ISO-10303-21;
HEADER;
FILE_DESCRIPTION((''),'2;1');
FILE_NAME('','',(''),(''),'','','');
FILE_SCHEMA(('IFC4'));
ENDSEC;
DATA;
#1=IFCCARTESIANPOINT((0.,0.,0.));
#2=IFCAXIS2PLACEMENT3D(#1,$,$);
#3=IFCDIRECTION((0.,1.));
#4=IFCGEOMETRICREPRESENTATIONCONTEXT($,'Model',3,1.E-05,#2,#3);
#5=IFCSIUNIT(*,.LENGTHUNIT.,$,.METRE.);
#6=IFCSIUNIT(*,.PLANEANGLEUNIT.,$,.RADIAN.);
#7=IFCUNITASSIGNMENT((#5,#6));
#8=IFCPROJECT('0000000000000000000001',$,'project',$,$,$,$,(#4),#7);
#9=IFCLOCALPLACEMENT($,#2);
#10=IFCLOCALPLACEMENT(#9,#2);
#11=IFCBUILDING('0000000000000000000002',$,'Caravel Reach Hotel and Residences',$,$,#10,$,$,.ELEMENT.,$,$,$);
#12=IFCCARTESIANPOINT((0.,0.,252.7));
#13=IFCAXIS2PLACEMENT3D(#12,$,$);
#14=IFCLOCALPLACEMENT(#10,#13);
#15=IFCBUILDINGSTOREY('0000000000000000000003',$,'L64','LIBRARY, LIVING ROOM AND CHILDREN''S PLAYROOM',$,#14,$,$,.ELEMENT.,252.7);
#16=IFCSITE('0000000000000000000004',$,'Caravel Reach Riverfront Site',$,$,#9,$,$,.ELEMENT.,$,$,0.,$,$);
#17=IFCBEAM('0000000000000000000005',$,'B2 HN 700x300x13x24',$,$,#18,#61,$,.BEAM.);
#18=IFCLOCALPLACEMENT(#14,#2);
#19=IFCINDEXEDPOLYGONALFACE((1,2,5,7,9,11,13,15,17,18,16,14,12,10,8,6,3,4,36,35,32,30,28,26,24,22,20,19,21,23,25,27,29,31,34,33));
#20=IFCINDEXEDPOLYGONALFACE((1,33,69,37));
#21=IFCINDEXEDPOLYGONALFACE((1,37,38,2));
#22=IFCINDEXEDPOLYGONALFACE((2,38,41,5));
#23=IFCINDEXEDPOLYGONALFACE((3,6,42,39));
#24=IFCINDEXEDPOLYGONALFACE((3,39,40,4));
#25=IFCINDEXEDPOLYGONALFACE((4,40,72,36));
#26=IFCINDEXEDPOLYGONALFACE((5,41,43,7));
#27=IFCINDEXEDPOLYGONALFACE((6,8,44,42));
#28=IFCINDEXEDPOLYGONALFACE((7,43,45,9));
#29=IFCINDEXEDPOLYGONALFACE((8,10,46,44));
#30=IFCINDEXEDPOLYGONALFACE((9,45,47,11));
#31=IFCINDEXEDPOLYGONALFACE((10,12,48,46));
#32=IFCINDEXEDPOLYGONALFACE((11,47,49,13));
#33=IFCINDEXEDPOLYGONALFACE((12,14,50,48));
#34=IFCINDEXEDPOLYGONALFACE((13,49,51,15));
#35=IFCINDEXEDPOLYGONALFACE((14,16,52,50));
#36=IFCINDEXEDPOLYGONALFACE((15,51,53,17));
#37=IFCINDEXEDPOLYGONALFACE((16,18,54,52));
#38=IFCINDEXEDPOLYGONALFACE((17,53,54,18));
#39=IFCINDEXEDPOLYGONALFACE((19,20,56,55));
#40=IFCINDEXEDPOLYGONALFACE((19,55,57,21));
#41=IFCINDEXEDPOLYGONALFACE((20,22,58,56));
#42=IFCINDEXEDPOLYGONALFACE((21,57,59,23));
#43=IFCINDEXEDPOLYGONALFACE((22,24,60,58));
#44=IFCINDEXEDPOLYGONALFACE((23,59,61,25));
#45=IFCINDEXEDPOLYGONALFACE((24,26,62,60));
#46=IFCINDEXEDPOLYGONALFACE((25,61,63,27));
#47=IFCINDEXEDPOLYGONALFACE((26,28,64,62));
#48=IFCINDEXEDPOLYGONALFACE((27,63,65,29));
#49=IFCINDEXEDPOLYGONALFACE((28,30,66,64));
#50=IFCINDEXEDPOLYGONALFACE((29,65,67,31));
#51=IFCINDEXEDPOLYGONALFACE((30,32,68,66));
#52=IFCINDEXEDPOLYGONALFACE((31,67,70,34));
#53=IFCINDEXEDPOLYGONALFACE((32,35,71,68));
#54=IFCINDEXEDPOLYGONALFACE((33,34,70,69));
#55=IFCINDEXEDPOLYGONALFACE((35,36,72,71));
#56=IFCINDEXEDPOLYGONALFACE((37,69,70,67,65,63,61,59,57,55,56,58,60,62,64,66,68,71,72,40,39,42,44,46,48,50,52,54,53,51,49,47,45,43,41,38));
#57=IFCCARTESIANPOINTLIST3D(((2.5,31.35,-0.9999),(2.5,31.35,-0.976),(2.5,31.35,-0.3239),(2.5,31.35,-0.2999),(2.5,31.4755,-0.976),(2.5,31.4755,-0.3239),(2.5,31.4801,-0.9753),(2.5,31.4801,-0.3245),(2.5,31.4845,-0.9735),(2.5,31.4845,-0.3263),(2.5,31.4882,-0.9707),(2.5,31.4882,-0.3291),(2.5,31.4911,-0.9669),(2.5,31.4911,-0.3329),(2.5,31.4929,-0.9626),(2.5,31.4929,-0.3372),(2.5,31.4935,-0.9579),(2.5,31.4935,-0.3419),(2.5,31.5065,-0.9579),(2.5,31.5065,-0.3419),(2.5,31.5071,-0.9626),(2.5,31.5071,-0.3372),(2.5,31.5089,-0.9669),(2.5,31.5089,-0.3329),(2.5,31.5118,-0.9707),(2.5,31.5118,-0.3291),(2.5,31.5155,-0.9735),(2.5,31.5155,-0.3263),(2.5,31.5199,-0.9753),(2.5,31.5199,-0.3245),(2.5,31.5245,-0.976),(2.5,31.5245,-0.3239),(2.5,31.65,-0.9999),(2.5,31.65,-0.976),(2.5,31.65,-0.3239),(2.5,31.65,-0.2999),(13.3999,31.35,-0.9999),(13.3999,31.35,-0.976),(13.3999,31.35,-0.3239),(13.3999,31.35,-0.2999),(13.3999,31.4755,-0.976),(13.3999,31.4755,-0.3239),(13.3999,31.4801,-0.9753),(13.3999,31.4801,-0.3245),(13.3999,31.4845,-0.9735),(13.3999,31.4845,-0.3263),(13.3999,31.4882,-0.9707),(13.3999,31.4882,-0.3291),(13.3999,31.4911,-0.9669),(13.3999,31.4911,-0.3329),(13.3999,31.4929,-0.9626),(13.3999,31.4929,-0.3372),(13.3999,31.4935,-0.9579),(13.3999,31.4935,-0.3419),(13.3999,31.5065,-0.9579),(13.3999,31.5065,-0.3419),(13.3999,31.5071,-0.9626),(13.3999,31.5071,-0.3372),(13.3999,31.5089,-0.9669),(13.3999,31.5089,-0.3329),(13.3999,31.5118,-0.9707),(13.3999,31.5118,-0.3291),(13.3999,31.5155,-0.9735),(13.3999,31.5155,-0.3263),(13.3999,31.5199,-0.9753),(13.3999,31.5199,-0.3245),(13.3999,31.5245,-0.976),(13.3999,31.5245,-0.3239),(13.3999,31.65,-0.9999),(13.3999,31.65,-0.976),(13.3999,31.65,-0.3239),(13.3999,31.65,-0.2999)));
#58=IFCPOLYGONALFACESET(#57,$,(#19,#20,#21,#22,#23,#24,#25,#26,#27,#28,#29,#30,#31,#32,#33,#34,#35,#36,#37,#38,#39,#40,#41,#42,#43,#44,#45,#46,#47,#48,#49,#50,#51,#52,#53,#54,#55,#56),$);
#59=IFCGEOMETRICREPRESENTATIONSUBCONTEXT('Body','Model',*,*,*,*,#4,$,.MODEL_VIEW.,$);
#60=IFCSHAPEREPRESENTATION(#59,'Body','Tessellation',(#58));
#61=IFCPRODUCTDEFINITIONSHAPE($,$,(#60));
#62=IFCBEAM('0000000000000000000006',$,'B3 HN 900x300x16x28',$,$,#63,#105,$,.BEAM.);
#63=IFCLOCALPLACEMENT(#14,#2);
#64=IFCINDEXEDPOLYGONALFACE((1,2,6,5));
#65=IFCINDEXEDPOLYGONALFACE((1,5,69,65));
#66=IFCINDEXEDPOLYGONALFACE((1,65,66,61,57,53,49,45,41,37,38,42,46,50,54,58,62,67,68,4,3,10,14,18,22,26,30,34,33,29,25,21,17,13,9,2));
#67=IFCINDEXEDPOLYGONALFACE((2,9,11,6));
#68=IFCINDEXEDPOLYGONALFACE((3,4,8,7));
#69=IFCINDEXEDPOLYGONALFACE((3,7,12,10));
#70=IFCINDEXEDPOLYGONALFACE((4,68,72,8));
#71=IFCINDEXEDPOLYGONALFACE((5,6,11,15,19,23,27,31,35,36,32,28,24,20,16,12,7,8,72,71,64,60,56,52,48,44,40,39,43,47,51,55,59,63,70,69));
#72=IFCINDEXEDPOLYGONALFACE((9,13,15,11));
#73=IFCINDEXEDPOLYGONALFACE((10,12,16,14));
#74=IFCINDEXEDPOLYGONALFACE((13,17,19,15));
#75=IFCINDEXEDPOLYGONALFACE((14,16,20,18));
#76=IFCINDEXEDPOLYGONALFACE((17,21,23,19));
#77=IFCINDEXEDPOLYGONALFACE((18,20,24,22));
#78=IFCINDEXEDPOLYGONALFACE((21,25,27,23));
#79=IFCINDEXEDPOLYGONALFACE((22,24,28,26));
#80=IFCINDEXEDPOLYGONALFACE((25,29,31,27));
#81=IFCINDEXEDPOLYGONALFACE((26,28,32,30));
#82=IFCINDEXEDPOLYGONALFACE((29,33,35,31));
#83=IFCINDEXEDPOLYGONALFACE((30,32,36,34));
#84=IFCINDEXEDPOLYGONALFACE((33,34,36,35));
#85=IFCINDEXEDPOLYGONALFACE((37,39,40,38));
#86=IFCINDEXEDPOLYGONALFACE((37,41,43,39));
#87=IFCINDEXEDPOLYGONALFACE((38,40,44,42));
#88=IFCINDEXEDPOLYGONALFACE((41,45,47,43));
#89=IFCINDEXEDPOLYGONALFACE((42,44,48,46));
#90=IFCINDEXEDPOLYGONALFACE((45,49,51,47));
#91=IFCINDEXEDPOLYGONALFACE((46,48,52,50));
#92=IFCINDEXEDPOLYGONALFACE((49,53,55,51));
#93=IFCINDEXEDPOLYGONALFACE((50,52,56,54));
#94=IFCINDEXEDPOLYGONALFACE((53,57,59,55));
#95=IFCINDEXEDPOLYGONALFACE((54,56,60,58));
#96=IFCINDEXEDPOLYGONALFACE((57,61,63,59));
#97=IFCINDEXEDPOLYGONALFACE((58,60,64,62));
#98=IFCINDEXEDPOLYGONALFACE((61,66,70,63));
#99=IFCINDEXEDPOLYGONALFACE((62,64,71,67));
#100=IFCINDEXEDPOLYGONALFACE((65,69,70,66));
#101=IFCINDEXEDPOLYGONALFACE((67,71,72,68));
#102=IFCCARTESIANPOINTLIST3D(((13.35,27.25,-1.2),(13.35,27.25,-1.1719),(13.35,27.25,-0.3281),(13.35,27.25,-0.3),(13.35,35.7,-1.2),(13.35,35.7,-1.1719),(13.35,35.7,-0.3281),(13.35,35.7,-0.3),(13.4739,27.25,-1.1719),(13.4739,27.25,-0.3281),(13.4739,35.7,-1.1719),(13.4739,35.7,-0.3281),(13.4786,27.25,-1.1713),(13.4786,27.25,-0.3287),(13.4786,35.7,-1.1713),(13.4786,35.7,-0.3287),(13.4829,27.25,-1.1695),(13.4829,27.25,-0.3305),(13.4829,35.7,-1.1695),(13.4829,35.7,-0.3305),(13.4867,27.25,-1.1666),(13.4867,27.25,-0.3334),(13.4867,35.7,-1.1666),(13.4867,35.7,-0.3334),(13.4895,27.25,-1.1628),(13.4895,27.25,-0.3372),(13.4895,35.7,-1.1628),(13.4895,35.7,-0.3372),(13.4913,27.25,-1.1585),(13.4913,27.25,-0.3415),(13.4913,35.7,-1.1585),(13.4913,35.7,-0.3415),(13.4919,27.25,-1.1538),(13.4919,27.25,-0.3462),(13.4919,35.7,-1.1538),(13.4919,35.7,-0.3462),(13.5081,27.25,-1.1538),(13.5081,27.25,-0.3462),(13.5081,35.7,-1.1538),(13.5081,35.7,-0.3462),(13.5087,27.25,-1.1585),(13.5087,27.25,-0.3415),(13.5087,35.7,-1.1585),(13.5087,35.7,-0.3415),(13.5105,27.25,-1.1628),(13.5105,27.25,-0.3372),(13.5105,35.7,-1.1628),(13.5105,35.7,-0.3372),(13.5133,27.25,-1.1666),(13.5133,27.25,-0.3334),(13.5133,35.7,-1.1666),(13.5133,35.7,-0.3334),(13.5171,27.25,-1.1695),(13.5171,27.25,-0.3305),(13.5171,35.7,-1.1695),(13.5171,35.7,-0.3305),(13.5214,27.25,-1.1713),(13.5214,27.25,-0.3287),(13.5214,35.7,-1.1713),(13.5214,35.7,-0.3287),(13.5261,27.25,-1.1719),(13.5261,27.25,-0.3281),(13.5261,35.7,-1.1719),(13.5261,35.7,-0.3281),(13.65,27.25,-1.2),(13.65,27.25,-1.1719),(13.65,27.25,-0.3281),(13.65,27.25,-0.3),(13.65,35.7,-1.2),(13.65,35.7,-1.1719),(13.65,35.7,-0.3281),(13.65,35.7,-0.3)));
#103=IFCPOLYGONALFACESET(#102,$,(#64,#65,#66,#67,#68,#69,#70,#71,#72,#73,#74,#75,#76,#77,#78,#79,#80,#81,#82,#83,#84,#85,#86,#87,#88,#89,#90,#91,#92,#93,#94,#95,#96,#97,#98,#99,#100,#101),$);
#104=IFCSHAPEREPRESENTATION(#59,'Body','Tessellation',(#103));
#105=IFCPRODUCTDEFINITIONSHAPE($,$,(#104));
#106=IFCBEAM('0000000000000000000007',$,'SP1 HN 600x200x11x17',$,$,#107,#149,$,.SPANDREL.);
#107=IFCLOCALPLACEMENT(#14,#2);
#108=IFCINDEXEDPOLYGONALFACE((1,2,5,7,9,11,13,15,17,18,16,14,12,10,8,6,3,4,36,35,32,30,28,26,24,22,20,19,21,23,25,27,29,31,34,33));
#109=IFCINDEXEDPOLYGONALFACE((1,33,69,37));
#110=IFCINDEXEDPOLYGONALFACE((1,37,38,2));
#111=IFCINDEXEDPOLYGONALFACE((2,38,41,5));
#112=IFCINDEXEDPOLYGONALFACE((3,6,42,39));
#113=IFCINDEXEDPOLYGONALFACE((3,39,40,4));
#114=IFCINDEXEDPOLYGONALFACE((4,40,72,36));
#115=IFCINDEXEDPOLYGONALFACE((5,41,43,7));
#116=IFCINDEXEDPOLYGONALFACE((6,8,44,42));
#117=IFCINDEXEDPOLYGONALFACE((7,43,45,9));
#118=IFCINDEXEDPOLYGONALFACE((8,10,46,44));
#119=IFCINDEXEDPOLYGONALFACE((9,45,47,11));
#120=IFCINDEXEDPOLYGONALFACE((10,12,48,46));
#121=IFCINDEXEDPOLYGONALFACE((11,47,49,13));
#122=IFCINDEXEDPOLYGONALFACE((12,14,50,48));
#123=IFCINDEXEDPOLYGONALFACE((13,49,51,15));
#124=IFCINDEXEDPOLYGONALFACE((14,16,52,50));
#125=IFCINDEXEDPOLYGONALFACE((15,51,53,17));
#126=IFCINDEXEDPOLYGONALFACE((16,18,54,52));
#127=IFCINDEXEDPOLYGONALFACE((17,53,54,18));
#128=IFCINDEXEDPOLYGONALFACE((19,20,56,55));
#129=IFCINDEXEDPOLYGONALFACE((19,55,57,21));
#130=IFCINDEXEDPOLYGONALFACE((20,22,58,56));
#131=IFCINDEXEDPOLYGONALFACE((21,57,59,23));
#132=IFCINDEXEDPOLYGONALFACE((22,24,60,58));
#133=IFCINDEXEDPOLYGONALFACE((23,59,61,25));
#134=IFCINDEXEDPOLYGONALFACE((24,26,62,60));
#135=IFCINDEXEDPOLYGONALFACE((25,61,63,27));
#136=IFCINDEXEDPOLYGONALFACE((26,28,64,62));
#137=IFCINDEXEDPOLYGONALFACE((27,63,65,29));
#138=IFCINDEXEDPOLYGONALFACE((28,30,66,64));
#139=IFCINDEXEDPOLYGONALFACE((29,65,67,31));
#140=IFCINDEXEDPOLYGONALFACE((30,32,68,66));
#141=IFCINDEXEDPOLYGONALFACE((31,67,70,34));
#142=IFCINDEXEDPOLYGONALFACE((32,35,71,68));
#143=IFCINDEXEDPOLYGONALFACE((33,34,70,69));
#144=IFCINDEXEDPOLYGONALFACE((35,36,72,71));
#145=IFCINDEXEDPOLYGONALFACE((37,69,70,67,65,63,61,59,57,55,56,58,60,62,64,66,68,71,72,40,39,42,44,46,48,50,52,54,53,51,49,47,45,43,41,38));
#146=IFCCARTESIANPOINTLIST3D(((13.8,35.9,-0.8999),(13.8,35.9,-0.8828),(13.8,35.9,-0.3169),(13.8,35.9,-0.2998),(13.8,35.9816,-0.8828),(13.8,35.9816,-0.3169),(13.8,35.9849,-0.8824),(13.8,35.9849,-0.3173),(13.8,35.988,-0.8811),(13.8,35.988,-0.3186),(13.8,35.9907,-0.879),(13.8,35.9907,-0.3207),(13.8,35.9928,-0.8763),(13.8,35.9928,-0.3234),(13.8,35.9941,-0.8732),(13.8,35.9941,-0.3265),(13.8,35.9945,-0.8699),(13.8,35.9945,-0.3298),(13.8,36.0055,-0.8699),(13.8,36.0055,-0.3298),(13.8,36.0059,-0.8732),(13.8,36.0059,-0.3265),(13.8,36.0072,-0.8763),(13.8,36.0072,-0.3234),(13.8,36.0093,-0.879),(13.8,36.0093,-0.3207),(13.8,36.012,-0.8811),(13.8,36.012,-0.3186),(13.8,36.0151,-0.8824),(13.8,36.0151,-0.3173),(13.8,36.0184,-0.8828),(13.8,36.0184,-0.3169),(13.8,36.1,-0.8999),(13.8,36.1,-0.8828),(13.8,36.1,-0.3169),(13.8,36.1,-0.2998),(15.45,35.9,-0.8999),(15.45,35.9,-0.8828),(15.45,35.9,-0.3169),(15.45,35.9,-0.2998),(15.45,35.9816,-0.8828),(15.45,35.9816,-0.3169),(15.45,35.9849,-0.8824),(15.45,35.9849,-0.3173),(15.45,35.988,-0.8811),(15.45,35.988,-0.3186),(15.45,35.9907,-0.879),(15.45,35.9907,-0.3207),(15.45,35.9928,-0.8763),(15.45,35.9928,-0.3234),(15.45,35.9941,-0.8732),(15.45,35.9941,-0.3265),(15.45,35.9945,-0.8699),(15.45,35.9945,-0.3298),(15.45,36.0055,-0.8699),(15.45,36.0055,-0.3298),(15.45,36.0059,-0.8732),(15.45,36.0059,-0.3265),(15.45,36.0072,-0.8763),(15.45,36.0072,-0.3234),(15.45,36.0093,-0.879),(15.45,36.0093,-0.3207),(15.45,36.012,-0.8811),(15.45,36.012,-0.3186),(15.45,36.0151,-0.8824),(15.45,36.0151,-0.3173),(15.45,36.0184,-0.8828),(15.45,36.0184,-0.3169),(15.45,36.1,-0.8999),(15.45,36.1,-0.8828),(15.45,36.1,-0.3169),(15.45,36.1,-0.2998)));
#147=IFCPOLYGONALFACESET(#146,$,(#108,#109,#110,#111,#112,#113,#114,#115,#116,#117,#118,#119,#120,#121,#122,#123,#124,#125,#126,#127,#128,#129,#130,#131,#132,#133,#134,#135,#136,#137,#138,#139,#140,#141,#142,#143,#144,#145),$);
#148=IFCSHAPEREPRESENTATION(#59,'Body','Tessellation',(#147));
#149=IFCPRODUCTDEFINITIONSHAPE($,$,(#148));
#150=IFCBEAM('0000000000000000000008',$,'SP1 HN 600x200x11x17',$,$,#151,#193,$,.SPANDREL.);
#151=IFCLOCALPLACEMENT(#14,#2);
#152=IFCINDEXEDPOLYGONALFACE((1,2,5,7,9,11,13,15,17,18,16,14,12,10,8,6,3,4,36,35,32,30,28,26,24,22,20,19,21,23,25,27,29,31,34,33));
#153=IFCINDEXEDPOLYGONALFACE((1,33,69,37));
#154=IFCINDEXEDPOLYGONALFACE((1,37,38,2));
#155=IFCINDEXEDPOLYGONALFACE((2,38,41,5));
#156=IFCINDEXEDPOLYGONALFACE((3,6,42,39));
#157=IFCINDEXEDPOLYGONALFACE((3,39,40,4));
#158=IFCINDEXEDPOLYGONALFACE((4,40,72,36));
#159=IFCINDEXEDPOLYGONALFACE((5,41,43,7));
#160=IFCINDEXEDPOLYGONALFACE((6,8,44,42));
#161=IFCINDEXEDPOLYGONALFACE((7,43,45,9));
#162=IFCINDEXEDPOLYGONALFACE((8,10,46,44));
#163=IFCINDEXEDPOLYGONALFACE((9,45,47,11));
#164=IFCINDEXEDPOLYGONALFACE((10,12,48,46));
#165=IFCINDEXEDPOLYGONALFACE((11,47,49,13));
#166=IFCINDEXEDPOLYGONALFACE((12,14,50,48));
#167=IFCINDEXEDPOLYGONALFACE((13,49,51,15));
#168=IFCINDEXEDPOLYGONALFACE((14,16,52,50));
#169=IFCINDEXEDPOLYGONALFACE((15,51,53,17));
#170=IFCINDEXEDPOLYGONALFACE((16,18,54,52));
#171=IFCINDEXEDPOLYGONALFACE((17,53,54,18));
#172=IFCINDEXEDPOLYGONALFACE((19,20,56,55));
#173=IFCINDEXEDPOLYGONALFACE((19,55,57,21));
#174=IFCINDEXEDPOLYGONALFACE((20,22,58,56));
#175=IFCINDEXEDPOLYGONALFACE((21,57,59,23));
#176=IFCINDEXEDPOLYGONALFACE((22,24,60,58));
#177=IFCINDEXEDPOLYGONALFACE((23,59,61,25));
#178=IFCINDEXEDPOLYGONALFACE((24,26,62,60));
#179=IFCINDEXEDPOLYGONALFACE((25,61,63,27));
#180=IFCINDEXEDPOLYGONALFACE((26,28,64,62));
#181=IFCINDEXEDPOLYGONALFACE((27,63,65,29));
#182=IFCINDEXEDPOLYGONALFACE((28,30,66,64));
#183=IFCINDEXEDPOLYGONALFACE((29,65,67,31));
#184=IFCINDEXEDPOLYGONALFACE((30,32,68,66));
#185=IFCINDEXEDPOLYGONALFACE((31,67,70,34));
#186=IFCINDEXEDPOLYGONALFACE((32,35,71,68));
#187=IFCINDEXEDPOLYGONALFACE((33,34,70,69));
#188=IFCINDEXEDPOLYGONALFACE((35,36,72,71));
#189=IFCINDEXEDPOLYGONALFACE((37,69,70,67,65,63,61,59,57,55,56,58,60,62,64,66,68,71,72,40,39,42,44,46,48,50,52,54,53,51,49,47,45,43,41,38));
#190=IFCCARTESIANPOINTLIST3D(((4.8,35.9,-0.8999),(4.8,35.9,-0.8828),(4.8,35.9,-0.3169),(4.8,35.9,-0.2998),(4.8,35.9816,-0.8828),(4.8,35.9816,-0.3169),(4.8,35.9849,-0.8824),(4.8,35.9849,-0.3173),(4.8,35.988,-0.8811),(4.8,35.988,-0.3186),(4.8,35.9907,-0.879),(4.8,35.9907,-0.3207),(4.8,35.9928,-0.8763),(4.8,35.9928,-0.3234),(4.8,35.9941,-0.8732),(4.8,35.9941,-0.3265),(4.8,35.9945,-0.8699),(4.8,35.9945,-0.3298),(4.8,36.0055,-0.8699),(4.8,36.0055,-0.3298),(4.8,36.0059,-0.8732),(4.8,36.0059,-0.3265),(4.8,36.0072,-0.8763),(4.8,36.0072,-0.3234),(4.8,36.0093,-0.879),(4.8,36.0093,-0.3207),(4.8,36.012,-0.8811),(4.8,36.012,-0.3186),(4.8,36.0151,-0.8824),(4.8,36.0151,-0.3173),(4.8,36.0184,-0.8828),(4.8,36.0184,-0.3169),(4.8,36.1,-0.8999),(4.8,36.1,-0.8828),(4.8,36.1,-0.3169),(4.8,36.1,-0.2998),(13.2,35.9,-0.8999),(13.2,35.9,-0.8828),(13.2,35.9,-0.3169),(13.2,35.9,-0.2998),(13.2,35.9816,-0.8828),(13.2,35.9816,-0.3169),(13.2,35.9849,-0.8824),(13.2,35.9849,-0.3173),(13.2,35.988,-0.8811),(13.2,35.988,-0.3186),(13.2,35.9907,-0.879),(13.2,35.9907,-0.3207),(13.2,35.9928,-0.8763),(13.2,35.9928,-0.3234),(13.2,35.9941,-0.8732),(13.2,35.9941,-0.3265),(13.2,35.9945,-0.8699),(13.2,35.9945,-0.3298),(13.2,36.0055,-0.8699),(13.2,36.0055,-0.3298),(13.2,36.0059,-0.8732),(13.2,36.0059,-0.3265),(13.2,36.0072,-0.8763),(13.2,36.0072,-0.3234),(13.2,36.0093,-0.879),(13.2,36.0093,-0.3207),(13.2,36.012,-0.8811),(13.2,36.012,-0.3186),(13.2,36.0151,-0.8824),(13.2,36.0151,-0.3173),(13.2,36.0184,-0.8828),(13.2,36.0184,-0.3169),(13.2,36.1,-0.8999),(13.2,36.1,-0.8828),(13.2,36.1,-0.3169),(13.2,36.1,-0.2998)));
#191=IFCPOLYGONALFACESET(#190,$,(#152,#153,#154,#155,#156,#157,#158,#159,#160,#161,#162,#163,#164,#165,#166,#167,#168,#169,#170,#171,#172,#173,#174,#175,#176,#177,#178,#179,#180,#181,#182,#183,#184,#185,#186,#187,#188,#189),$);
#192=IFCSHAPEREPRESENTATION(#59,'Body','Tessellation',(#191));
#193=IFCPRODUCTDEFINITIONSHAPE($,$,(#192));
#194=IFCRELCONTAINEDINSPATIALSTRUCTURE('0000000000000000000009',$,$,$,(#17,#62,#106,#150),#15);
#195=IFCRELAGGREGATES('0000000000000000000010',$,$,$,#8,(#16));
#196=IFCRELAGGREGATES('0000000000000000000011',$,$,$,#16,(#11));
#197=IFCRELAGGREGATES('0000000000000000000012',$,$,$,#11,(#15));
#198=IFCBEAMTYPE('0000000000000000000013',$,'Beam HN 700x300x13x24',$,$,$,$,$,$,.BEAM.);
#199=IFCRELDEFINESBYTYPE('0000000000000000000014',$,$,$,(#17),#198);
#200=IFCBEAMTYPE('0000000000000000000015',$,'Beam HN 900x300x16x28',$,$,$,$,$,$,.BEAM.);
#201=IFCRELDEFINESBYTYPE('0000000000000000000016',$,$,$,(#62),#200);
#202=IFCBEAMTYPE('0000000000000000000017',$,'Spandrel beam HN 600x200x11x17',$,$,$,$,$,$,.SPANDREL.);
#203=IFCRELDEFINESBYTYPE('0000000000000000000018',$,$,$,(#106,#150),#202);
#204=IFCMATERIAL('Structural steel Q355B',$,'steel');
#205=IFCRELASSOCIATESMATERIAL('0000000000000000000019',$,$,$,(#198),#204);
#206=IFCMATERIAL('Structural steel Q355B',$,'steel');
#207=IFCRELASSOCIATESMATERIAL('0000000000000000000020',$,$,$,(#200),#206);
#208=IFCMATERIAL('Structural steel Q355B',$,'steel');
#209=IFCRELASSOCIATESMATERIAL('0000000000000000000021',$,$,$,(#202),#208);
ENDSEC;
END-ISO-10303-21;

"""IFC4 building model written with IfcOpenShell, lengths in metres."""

from ifc_helpers import new_model, si_unit, direction, frame, origin, origin_2d, place, context, subcontext, project, spatial, i_section, extrude, material, material_profile, profile_set, type_object, element, save


model = new_model("IFC4")

# Units and contexts
model_context = context("Model", 3, precision=1e-05, world=origin(), true_north=direction((0.0, 1.0)))
body_context = subcontext(model_context, "Body", "Model", "MODEL_VIEW")
ifc_project = project(units=[si_unit("LENGTHUNIT", "METRE"), si_unit("PLANEANGLEUNIT", "RADIAN")], contexts=[model_context])

# Site, building, storey
site_placement = place(None, origin())
site = spatial("IfcSite", under=ifc_project, at=site_placement, Name="Caravel Reach Riverfront Site", CompositionType="ELEMENT", RefElevation=0.0)
building_placement = place(site_placement, origin())
building = spatial("IfcBuilding", under=site, at=building_placement, Name="Caravel Reach Hotel and Residences", CompositionType="ELEMENT")
storey_placement = place(building_placement, frame((0.0, 0.0, 252.7)))
storey = spatial("IfcBuildingStorey", under=building, at=storey_placement, Name="L64", Description="LIBRARY, LIVING ROOM AND CHILDREN'S PLAYROOM", CompositionType="ELEMENT", Elevation=252.7)

# Beams
ifc_material_1 = material(Name="Structural steel Q355B", Category="steel")
ifc_material_profile_1 = material_profile(ifc_material_1, i_section(OverallWidth=0.3, OverallDepth=0.7, WebThickness=0.0129, FlangeThickness=0.0239, FilletRadius=0.0181, at=origin_2d()), Name="HN 700x300x13x24")
ifc_profile_set_1 = profile_set([ifc_material_profile_1], Name="Structural steel Q355B")
beam_type_1 = type_object("IfcBeamType", Name="Beam HN 700x300x13x24", PredefinedType="BEAM", material=ifc_profile_set_1)
beam_1_placement = place(storey_placement, frame((13.3999, 31.5, -0.6499), z_axis=(-1.0, 0.0, 0.0), x_axis=(0.0, -1.0, 0.0)))
element("IfcBeam", 1, at=beam_1_placement, inside=storey, type_object=beam_type_1, Name="B2 HN 700x300x13x24", PredefinedType="BEAM", context=body_context, shape_type="SweptSolid", body=[
    extrude(i_section(OverallWidth=0.3, OverallDepth=0.7, WebThickness=0.0129, FlangeThickness=0.0239, FilletRadius=0.0181, at=origin_2d()), origin(), (0.0, 0.0, 1.0), 10.8999),
])
ifc_material_2 = material(Name="Structural steel Q355B", Category="steel")
ifc_material_profile_2 = material_profile(ifc_material_2, i_section(OverallWidth=0.3, OverallDepth=0.8999, WebThickness=0.0161, FlangeThickness=0.0281, FilletRadius=0.0181, at=origin_2d()), Name="HN 900x300x16x28")
ifc_profile_set_2 = profile_set([ifc_material_profile_2], Name="Structural steel Q355B")
beam_type_2 = type_object("IfcBeamType", Name="Beam HN 900x300x16x28", PredefinedType="BEAM", material=ifc_profile_set_2)
beam_2_placement = place(storey_placement, frame((13.5, 27.25, -0.75), z_axis=(0.0, 1.0, 0.0), x_axis=(-1.0, 0.0, 0.0)))
element("IfcBeam", 2, at=beam_2_placement, inside=storey, type_object=beam_type_2, Name="B3 HN 900x300x16x28", PredefinedType="BEAM", context=body_context, shape_type="SweptSolid", body=[
    extrude(i_section(OverallWidth=0.3, OverallDepth=0.8999, WebThickness=0.0161, FlangeThickness=0.0281, FilletRadius=0.0181, at=origin_2d()), origin(), (0.0, 0.0, 1.0), 8.45),
])
ifc_material_3 = material(Name="Structural steel Q355B", Category="steel")
ifc_material_profile_3 = material_profile(ifc_material_3, i_section(OverallWidth=0.2, OverallDepth=0.6001, WebThickness=0.011, FlangeThickness=0.0171, FilletRadius=0.0129, at=origin_2d()), Name="HN 600x200x11x17")
ifc_profile_set_3 = profile_set([ifc_material_profile_3], Name="Structural steel Q355B")
beam_type_3 = type_object("IfcBeamType", Name="Spandrel beam HN 600x200x11x17", PredefinedType="SPANDREL", material=ifc_profile_set_3)
beam_3_placement = place(storey_placement, frame((15.45, 36.0, -0.5999), z_axis=(-1.0, 0.0, 0.0), x_axis=(0.0, -1.0, 0.0)))
element("IfcBeam", 3, at=beam_3_placement, inside=storey, type_object=beam_type_3, Name="SP1 HN 600x200x11x17", PredefinedType="SPANDREL", context=body_context, shape_type="SweptSolid", body=[
    extrude(i_section(OverallWidth=0.2, OverallDepth=0.6001, WebThickness=0.011, FlangeThickness=0.0171, FilletRadius=0.0129, at=origin_2d()), origin(), (0.0, 0.0, 1.0), 1.6499),
])
beam_4_placement = place(storey_placement, frame((13.2, 36.0, -0.5999), z_axis=(-1.0, 0.0, 0.0), x_axis=(0.0, -1.0, 0.0)))
element("IfcBeam", 4, at=beam_4_placement, inside=storey, type_object=beam_type_3, Name="SP1 HN 600x200x11x17", PredefinedType="SPANDREL", context=body_context, shape_type="SweptSolid", body=[
    extrude(i_section(OverallWidth=0.2, OverallDepth=0.6001, WebThickness=0.011, FlangeThickness=0.0171, FilletRadius=0.0129, at=origin_2d()), origin(), (0.0, 0.0, 1.0), 8.3999),
])

save(model, "model.ifc")
